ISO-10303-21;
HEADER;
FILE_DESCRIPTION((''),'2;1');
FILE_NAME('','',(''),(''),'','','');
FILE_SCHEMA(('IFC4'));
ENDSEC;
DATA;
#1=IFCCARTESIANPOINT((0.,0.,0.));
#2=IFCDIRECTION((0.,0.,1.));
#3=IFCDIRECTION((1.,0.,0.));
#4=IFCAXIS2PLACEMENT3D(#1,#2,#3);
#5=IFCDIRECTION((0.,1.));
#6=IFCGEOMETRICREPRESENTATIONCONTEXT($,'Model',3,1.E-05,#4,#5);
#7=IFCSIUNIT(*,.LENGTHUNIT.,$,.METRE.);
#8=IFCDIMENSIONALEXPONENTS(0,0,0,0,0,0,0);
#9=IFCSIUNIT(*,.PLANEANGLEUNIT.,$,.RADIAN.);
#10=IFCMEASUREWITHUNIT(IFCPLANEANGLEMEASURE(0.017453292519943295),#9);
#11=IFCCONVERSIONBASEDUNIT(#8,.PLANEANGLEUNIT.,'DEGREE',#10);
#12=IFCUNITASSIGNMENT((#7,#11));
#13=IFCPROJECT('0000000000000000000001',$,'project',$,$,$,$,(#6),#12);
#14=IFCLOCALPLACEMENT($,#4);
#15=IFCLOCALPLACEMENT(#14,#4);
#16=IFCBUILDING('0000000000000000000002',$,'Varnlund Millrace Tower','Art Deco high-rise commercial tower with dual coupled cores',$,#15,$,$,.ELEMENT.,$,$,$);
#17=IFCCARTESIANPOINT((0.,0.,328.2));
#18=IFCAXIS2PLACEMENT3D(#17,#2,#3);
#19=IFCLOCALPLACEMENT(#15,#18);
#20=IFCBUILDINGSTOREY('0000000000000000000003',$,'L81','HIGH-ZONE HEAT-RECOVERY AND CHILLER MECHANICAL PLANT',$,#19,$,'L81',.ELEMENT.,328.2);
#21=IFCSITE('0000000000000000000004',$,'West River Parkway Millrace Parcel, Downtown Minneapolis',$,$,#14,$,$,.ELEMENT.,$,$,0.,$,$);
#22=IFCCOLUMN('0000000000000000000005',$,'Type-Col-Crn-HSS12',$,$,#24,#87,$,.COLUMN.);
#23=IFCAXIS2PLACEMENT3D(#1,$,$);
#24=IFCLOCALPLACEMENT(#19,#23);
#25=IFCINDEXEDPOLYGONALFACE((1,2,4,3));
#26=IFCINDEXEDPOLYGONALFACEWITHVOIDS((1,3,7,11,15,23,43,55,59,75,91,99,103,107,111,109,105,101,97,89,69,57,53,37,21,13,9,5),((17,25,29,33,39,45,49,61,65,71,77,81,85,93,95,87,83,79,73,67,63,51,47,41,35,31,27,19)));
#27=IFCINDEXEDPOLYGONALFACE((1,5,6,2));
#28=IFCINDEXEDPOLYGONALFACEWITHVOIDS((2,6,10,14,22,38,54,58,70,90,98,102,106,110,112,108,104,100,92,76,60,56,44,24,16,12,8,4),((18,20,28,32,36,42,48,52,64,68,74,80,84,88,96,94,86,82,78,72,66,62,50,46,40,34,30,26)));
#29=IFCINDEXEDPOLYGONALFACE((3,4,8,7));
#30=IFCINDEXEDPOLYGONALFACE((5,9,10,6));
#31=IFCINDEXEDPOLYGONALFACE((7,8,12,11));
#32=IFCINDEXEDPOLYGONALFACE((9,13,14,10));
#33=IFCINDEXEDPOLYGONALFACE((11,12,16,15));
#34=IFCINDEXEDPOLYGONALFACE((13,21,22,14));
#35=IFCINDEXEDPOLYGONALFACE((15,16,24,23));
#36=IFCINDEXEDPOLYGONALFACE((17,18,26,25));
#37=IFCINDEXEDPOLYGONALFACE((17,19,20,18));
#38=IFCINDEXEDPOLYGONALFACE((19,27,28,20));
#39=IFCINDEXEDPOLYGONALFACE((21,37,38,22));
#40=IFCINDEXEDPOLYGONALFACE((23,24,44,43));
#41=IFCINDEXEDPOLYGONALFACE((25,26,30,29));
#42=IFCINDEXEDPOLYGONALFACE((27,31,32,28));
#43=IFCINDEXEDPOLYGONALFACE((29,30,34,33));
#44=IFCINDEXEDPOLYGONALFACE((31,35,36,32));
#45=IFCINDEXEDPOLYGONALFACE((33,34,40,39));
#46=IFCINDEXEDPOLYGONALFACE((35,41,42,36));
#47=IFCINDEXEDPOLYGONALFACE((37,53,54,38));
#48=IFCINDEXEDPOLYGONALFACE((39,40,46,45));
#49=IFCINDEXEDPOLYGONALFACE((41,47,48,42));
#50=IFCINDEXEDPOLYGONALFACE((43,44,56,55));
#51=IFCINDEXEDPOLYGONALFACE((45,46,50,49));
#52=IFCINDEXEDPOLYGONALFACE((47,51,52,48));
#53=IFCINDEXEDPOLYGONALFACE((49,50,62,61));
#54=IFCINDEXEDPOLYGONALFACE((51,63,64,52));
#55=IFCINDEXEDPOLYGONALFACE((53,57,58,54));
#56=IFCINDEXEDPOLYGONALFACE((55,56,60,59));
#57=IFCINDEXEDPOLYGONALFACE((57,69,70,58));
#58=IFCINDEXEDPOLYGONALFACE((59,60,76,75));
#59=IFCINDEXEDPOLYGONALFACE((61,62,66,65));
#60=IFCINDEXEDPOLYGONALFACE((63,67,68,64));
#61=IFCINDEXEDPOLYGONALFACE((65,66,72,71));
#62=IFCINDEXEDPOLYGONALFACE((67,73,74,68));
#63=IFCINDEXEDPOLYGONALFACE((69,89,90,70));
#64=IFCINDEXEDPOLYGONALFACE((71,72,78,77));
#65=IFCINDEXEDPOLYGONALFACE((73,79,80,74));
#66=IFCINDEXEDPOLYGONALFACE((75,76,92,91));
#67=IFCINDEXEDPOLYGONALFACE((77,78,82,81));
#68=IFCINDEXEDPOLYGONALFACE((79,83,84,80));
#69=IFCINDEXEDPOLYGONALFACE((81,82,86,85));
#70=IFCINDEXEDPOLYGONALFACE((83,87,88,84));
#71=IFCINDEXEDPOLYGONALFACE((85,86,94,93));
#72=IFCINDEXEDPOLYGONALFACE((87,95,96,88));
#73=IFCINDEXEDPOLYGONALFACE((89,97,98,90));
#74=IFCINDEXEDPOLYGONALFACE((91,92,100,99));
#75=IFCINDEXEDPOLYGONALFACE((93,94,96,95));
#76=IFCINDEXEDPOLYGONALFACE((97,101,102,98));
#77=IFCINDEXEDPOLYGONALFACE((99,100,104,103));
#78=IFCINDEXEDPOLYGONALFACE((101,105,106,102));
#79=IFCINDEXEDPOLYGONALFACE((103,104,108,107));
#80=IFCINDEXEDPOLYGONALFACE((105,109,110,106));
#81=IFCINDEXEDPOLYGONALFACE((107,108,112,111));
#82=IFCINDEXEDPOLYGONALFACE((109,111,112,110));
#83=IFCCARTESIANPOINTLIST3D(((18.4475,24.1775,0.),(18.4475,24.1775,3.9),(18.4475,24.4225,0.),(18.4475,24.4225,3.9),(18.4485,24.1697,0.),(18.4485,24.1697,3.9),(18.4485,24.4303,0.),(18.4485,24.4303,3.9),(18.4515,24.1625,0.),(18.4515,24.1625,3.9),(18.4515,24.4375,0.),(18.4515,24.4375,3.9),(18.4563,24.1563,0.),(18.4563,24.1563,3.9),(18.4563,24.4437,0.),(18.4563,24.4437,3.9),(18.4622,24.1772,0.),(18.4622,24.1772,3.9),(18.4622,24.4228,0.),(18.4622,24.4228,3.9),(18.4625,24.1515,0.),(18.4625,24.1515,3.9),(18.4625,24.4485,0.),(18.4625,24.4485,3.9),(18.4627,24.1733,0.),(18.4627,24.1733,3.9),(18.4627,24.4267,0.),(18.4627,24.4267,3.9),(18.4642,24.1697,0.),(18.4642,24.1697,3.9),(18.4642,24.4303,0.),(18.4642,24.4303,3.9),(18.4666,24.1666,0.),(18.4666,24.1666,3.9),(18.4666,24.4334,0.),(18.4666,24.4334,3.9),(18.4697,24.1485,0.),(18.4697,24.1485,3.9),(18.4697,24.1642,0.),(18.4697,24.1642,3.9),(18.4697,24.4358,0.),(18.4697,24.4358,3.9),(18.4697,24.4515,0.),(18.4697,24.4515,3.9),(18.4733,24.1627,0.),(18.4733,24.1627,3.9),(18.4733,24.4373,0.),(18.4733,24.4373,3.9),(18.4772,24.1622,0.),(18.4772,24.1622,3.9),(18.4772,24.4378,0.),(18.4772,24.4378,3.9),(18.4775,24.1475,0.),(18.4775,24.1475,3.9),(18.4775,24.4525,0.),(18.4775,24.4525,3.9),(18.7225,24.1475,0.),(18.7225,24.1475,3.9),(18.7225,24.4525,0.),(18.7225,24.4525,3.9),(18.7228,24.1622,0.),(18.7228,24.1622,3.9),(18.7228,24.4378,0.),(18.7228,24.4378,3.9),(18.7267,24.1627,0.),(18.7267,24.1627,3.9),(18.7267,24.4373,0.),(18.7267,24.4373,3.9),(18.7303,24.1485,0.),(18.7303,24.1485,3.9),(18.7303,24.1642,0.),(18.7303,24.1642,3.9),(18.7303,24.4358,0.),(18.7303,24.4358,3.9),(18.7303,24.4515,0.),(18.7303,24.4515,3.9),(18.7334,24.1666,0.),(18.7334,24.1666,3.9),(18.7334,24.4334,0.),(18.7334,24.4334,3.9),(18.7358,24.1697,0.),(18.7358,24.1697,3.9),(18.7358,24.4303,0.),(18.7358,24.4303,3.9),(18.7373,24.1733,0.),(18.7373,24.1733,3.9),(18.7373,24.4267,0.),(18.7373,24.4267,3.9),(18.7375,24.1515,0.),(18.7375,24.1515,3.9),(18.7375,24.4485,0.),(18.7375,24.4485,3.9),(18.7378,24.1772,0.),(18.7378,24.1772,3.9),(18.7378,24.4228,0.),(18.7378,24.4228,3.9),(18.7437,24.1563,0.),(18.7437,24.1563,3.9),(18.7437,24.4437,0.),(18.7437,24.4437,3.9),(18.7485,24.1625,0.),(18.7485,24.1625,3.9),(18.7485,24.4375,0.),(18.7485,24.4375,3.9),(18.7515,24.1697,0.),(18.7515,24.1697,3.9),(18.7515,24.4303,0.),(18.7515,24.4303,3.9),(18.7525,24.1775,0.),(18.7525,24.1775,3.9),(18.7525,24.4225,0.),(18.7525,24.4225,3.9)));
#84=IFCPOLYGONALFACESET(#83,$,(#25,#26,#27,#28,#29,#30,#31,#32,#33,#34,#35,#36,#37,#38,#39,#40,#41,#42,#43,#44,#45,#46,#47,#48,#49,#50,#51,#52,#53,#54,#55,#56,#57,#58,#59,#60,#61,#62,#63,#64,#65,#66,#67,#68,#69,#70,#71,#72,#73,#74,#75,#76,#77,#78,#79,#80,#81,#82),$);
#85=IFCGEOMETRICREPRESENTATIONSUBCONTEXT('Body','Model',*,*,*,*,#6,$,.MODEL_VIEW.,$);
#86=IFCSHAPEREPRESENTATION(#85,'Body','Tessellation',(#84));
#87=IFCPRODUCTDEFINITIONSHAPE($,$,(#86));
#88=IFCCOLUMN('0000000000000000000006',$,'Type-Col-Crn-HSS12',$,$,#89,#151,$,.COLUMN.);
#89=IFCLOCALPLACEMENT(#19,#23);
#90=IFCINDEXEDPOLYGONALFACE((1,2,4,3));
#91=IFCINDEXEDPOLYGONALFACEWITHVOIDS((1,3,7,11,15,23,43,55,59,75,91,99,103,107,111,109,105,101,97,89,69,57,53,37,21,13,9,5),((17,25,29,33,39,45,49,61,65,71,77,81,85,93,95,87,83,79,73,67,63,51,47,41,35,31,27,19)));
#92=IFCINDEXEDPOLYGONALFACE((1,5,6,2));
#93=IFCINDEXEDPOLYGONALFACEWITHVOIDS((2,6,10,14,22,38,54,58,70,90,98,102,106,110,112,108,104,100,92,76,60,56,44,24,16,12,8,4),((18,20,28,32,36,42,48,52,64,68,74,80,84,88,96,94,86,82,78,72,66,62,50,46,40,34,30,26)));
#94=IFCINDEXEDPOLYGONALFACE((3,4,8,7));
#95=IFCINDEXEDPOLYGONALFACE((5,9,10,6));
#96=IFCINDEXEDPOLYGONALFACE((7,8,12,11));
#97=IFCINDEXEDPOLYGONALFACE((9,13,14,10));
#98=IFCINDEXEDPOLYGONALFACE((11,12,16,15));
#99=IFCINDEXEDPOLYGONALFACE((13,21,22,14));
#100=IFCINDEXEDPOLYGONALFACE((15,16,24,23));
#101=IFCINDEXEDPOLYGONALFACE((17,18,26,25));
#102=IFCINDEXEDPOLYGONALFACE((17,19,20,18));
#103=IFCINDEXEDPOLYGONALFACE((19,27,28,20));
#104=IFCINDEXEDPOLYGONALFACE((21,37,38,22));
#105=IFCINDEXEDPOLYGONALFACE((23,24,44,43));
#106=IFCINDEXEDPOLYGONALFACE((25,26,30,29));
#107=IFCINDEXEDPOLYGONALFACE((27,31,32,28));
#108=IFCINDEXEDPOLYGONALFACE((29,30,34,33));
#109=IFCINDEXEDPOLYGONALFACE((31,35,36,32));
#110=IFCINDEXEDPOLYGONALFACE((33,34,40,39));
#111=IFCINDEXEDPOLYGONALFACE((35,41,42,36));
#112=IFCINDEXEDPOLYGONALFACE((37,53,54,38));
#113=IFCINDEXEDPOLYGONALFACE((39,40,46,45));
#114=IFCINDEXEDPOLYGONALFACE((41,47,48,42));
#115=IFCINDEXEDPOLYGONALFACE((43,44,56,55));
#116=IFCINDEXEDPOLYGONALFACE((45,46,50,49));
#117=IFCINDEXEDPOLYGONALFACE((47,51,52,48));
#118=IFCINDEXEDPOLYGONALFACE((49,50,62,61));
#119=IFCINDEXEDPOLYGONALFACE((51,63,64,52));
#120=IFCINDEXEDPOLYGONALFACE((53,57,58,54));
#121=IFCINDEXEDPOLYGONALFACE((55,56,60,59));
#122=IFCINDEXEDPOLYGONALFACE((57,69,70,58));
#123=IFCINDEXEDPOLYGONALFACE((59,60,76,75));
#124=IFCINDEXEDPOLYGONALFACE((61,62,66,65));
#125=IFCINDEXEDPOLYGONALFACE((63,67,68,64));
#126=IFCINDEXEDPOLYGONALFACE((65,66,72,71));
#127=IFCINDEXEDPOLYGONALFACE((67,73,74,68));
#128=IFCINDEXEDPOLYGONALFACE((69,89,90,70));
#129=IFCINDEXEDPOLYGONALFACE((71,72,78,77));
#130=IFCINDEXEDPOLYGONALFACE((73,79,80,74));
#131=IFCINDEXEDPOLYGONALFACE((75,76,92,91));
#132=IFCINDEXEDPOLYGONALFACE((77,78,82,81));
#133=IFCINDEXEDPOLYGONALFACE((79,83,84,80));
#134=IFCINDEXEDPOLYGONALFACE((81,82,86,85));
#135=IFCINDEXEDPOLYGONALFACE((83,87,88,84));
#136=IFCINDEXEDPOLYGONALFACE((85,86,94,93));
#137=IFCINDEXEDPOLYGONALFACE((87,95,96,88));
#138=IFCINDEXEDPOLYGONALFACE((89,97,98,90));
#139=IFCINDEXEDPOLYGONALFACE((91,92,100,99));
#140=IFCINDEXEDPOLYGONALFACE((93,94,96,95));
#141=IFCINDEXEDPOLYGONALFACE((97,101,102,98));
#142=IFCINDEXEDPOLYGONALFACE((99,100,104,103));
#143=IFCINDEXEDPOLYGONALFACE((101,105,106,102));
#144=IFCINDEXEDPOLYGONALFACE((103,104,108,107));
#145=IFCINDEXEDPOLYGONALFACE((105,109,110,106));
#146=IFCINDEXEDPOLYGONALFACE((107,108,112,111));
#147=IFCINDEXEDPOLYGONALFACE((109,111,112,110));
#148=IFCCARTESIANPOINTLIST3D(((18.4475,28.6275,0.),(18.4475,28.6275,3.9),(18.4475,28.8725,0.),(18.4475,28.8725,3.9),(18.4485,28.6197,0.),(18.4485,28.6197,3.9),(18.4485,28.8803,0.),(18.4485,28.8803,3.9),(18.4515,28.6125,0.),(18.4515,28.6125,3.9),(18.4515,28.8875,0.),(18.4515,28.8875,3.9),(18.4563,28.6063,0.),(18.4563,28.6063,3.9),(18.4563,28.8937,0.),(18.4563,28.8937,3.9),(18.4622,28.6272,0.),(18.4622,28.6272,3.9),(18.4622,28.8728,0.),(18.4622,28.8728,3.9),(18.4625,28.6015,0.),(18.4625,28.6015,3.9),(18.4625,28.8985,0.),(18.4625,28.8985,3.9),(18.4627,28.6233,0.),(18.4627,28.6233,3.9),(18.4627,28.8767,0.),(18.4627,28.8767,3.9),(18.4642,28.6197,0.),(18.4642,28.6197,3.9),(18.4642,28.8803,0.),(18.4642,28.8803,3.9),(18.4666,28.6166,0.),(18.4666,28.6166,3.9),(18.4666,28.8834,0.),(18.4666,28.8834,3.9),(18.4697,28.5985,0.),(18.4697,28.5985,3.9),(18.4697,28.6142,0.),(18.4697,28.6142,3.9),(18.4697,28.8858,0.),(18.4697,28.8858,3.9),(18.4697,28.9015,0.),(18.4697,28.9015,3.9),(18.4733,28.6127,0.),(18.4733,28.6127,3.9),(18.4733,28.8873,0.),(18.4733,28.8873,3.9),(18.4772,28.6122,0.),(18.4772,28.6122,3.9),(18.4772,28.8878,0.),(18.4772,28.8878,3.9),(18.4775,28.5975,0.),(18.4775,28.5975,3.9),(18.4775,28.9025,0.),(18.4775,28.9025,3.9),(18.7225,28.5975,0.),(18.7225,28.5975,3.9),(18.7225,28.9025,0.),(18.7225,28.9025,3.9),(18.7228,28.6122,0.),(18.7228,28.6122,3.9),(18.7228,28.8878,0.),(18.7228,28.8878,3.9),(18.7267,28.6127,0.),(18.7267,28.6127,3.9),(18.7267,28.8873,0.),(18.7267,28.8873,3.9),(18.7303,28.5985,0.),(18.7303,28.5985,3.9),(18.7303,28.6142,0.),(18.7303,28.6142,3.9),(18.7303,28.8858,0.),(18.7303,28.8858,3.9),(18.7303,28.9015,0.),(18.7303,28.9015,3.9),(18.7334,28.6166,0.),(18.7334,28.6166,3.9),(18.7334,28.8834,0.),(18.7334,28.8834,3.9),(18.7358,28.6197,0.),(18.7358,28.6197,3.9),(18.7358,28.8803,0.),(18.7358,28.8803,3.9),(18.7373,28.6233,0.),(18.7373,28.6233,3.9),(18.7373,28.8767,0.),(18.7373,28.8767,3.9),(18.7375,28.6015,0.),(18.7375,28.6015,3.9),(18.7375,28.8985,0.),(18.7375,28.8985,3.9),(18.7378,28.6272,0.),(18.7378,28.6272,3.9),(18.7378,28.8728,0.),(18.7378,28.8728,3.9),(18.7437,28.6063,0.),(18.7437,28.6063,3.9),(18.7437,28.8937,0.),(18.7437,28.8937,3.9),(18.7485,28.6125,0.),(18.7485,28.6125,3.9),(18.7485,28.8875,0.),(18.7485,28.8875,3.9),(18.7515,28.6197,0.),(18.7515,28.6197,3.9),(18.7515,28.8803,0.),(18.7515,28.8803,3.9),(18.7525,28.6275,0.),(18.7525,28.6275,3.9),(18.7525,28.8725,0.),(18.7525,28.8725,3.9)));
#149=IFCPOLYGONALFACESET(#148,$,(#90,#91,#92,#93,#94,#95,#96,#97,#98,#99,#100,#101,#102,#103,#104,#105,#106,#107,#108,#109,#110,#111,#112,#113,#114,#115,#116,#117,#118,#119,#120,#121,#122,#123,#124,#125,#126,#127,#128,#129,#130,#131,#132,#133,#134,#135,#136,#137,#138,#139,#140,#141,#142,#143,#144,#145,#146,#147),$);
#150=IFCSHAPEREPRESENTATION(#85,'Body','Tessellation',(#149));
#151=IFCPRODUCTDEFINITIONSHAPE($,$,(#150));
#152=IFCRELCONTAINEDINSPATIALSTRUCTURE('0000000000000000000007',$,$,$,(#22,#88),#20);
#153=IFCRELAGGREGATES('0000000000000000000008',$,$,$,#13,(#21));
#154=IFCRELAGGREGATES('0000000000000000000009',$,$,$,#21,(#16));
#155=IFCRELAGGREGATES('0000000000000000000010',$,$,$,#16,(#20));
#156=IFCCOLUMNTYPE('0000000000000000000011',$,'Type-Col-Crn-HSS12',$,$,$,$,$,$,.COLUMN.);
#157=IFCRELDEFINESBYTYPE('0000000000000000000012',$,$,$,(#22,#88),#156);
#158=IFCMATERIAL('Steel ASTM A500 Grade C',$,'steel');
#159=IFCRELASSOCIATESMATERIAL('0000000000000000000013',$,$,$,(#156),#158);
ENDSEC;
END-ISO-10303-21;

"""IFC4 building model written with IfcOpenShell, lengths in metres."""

from ifc_helpers import new_model, entity, si_unit, converted_unit, direction, frame, origin_with_axes, origin_2d_with_axis, place, context, subcontext, project, spatial, hollow_rectangle, extrude, material, material_profile, profile_set, type_object, element, save


model = new_model("IFC4")

# Units and contexts
model_context = context("Model", 3, precision=1e-05, world=origin_with_axes(), true_north=direction((0.0, 1.0)))
body_context = subcontext(model_context, "Body", "Model", "MODEL_VIEW")
ifc_project = project(units=[si_unit("LENGTHUNIT", "METRE"), converted_unit("PLANEANGLEUNIT", "DEGREE", entity("IfcPlaneAngleMeasure", 0.017453292519943295), si_unit("PLANEANGLEUNIT", "RADIAN"), dimensions=[0, 0, 0, 0, 0, 0, 0])], contexts=[model_context])

# Site, building, storey
site_placement = place(None, origin_with_axes())
site = spatial("IfcSite", under=ifc_project, at=site_placement, Name="West River Parkway Millrace Parcel, Downtown Minneapolis", CompositionType="ELEMENT", RefElevation=0.0)
building_placement = place(site_placement, origin_with_axes())
building = spatial("IfcBuilding", under=site, at=building_placement, Name="Varnlund Millrace Tower", Description="Art Deco high-rise commercial tower with dual coupled cores", CompositionType="ELEMENT")
storey_placement = place(building_placement, frame((0.0, 0.0, 328.2), z_axis=(0.0, 0.0, 1.0), x_axis=(1.0, 0.0, 0.0)))
storey = spatial("IfcBuildingStorey", under=building, at=storey_placement, Name="L81", Description="HIGH-ZONE HEAT-RECOVERY AND CHILLER MECHANICAL PLANT", LongName="L81", CompositionType="ELEMENT", Elevation=328.2)

# Columns
ifc_material_1 = material(Name="Steel ASTM A500 Grade C", Category="steel")
ifc_material_profile_1 = material_profile(ifc_material_1, hollow_rectangle(XDim=0.305, YDim=0.305, WallThickness=0.0147, InnerFilletRadius=0.015, OuterFilletRadius=0.03, at=origin_2d_with_axis()), Name="Steel ASTM A500 Grade C")
ifc_profile_set_1 = profile_set([ifc_material_profile_1], Name="Steel ASTM A500 Grade C")
column_type = type_object("IfcColumnType", Name="Type-Col-Crn-HSS12", PredefinedType="COLUMN", material=ifc_profile_set_1)
for number, where, z_axis, x_axis, name in (
    (1, (18.6, 24.3, 0.0), (0.0, 0.0, 1.0), (1.0, 0.0, 0.0), "Type-Col-Crn-HSS12"),
    (2, (18.6, 28.75, 0.0), (0.0, 0.0, 1.0), (1.0, 0.0, 0.0), "Type-Col-Crn-HSS12"),
):
    element("IfcColumn", number, at=place(storey_placement, frame(where, z_axis=z_axis, x_axis=x_axis)), inside=storey, type_object=column_type, Name=name, PredefinedType="COLUMN", context=body_context, shape_type="SweptSolid", body=[
        extrude(hollow_rectangle(XDim=0.305, YDim=0.305, WallThickness=0.0147, InnerFilletRadius=0.015, OuterFilletRadius=0.03, at=origin_2d_with_axis()), origin_with_axes(), (0.0, 0.0, 1.0), 3.9),
    ])

save(model, "model.ifc")
